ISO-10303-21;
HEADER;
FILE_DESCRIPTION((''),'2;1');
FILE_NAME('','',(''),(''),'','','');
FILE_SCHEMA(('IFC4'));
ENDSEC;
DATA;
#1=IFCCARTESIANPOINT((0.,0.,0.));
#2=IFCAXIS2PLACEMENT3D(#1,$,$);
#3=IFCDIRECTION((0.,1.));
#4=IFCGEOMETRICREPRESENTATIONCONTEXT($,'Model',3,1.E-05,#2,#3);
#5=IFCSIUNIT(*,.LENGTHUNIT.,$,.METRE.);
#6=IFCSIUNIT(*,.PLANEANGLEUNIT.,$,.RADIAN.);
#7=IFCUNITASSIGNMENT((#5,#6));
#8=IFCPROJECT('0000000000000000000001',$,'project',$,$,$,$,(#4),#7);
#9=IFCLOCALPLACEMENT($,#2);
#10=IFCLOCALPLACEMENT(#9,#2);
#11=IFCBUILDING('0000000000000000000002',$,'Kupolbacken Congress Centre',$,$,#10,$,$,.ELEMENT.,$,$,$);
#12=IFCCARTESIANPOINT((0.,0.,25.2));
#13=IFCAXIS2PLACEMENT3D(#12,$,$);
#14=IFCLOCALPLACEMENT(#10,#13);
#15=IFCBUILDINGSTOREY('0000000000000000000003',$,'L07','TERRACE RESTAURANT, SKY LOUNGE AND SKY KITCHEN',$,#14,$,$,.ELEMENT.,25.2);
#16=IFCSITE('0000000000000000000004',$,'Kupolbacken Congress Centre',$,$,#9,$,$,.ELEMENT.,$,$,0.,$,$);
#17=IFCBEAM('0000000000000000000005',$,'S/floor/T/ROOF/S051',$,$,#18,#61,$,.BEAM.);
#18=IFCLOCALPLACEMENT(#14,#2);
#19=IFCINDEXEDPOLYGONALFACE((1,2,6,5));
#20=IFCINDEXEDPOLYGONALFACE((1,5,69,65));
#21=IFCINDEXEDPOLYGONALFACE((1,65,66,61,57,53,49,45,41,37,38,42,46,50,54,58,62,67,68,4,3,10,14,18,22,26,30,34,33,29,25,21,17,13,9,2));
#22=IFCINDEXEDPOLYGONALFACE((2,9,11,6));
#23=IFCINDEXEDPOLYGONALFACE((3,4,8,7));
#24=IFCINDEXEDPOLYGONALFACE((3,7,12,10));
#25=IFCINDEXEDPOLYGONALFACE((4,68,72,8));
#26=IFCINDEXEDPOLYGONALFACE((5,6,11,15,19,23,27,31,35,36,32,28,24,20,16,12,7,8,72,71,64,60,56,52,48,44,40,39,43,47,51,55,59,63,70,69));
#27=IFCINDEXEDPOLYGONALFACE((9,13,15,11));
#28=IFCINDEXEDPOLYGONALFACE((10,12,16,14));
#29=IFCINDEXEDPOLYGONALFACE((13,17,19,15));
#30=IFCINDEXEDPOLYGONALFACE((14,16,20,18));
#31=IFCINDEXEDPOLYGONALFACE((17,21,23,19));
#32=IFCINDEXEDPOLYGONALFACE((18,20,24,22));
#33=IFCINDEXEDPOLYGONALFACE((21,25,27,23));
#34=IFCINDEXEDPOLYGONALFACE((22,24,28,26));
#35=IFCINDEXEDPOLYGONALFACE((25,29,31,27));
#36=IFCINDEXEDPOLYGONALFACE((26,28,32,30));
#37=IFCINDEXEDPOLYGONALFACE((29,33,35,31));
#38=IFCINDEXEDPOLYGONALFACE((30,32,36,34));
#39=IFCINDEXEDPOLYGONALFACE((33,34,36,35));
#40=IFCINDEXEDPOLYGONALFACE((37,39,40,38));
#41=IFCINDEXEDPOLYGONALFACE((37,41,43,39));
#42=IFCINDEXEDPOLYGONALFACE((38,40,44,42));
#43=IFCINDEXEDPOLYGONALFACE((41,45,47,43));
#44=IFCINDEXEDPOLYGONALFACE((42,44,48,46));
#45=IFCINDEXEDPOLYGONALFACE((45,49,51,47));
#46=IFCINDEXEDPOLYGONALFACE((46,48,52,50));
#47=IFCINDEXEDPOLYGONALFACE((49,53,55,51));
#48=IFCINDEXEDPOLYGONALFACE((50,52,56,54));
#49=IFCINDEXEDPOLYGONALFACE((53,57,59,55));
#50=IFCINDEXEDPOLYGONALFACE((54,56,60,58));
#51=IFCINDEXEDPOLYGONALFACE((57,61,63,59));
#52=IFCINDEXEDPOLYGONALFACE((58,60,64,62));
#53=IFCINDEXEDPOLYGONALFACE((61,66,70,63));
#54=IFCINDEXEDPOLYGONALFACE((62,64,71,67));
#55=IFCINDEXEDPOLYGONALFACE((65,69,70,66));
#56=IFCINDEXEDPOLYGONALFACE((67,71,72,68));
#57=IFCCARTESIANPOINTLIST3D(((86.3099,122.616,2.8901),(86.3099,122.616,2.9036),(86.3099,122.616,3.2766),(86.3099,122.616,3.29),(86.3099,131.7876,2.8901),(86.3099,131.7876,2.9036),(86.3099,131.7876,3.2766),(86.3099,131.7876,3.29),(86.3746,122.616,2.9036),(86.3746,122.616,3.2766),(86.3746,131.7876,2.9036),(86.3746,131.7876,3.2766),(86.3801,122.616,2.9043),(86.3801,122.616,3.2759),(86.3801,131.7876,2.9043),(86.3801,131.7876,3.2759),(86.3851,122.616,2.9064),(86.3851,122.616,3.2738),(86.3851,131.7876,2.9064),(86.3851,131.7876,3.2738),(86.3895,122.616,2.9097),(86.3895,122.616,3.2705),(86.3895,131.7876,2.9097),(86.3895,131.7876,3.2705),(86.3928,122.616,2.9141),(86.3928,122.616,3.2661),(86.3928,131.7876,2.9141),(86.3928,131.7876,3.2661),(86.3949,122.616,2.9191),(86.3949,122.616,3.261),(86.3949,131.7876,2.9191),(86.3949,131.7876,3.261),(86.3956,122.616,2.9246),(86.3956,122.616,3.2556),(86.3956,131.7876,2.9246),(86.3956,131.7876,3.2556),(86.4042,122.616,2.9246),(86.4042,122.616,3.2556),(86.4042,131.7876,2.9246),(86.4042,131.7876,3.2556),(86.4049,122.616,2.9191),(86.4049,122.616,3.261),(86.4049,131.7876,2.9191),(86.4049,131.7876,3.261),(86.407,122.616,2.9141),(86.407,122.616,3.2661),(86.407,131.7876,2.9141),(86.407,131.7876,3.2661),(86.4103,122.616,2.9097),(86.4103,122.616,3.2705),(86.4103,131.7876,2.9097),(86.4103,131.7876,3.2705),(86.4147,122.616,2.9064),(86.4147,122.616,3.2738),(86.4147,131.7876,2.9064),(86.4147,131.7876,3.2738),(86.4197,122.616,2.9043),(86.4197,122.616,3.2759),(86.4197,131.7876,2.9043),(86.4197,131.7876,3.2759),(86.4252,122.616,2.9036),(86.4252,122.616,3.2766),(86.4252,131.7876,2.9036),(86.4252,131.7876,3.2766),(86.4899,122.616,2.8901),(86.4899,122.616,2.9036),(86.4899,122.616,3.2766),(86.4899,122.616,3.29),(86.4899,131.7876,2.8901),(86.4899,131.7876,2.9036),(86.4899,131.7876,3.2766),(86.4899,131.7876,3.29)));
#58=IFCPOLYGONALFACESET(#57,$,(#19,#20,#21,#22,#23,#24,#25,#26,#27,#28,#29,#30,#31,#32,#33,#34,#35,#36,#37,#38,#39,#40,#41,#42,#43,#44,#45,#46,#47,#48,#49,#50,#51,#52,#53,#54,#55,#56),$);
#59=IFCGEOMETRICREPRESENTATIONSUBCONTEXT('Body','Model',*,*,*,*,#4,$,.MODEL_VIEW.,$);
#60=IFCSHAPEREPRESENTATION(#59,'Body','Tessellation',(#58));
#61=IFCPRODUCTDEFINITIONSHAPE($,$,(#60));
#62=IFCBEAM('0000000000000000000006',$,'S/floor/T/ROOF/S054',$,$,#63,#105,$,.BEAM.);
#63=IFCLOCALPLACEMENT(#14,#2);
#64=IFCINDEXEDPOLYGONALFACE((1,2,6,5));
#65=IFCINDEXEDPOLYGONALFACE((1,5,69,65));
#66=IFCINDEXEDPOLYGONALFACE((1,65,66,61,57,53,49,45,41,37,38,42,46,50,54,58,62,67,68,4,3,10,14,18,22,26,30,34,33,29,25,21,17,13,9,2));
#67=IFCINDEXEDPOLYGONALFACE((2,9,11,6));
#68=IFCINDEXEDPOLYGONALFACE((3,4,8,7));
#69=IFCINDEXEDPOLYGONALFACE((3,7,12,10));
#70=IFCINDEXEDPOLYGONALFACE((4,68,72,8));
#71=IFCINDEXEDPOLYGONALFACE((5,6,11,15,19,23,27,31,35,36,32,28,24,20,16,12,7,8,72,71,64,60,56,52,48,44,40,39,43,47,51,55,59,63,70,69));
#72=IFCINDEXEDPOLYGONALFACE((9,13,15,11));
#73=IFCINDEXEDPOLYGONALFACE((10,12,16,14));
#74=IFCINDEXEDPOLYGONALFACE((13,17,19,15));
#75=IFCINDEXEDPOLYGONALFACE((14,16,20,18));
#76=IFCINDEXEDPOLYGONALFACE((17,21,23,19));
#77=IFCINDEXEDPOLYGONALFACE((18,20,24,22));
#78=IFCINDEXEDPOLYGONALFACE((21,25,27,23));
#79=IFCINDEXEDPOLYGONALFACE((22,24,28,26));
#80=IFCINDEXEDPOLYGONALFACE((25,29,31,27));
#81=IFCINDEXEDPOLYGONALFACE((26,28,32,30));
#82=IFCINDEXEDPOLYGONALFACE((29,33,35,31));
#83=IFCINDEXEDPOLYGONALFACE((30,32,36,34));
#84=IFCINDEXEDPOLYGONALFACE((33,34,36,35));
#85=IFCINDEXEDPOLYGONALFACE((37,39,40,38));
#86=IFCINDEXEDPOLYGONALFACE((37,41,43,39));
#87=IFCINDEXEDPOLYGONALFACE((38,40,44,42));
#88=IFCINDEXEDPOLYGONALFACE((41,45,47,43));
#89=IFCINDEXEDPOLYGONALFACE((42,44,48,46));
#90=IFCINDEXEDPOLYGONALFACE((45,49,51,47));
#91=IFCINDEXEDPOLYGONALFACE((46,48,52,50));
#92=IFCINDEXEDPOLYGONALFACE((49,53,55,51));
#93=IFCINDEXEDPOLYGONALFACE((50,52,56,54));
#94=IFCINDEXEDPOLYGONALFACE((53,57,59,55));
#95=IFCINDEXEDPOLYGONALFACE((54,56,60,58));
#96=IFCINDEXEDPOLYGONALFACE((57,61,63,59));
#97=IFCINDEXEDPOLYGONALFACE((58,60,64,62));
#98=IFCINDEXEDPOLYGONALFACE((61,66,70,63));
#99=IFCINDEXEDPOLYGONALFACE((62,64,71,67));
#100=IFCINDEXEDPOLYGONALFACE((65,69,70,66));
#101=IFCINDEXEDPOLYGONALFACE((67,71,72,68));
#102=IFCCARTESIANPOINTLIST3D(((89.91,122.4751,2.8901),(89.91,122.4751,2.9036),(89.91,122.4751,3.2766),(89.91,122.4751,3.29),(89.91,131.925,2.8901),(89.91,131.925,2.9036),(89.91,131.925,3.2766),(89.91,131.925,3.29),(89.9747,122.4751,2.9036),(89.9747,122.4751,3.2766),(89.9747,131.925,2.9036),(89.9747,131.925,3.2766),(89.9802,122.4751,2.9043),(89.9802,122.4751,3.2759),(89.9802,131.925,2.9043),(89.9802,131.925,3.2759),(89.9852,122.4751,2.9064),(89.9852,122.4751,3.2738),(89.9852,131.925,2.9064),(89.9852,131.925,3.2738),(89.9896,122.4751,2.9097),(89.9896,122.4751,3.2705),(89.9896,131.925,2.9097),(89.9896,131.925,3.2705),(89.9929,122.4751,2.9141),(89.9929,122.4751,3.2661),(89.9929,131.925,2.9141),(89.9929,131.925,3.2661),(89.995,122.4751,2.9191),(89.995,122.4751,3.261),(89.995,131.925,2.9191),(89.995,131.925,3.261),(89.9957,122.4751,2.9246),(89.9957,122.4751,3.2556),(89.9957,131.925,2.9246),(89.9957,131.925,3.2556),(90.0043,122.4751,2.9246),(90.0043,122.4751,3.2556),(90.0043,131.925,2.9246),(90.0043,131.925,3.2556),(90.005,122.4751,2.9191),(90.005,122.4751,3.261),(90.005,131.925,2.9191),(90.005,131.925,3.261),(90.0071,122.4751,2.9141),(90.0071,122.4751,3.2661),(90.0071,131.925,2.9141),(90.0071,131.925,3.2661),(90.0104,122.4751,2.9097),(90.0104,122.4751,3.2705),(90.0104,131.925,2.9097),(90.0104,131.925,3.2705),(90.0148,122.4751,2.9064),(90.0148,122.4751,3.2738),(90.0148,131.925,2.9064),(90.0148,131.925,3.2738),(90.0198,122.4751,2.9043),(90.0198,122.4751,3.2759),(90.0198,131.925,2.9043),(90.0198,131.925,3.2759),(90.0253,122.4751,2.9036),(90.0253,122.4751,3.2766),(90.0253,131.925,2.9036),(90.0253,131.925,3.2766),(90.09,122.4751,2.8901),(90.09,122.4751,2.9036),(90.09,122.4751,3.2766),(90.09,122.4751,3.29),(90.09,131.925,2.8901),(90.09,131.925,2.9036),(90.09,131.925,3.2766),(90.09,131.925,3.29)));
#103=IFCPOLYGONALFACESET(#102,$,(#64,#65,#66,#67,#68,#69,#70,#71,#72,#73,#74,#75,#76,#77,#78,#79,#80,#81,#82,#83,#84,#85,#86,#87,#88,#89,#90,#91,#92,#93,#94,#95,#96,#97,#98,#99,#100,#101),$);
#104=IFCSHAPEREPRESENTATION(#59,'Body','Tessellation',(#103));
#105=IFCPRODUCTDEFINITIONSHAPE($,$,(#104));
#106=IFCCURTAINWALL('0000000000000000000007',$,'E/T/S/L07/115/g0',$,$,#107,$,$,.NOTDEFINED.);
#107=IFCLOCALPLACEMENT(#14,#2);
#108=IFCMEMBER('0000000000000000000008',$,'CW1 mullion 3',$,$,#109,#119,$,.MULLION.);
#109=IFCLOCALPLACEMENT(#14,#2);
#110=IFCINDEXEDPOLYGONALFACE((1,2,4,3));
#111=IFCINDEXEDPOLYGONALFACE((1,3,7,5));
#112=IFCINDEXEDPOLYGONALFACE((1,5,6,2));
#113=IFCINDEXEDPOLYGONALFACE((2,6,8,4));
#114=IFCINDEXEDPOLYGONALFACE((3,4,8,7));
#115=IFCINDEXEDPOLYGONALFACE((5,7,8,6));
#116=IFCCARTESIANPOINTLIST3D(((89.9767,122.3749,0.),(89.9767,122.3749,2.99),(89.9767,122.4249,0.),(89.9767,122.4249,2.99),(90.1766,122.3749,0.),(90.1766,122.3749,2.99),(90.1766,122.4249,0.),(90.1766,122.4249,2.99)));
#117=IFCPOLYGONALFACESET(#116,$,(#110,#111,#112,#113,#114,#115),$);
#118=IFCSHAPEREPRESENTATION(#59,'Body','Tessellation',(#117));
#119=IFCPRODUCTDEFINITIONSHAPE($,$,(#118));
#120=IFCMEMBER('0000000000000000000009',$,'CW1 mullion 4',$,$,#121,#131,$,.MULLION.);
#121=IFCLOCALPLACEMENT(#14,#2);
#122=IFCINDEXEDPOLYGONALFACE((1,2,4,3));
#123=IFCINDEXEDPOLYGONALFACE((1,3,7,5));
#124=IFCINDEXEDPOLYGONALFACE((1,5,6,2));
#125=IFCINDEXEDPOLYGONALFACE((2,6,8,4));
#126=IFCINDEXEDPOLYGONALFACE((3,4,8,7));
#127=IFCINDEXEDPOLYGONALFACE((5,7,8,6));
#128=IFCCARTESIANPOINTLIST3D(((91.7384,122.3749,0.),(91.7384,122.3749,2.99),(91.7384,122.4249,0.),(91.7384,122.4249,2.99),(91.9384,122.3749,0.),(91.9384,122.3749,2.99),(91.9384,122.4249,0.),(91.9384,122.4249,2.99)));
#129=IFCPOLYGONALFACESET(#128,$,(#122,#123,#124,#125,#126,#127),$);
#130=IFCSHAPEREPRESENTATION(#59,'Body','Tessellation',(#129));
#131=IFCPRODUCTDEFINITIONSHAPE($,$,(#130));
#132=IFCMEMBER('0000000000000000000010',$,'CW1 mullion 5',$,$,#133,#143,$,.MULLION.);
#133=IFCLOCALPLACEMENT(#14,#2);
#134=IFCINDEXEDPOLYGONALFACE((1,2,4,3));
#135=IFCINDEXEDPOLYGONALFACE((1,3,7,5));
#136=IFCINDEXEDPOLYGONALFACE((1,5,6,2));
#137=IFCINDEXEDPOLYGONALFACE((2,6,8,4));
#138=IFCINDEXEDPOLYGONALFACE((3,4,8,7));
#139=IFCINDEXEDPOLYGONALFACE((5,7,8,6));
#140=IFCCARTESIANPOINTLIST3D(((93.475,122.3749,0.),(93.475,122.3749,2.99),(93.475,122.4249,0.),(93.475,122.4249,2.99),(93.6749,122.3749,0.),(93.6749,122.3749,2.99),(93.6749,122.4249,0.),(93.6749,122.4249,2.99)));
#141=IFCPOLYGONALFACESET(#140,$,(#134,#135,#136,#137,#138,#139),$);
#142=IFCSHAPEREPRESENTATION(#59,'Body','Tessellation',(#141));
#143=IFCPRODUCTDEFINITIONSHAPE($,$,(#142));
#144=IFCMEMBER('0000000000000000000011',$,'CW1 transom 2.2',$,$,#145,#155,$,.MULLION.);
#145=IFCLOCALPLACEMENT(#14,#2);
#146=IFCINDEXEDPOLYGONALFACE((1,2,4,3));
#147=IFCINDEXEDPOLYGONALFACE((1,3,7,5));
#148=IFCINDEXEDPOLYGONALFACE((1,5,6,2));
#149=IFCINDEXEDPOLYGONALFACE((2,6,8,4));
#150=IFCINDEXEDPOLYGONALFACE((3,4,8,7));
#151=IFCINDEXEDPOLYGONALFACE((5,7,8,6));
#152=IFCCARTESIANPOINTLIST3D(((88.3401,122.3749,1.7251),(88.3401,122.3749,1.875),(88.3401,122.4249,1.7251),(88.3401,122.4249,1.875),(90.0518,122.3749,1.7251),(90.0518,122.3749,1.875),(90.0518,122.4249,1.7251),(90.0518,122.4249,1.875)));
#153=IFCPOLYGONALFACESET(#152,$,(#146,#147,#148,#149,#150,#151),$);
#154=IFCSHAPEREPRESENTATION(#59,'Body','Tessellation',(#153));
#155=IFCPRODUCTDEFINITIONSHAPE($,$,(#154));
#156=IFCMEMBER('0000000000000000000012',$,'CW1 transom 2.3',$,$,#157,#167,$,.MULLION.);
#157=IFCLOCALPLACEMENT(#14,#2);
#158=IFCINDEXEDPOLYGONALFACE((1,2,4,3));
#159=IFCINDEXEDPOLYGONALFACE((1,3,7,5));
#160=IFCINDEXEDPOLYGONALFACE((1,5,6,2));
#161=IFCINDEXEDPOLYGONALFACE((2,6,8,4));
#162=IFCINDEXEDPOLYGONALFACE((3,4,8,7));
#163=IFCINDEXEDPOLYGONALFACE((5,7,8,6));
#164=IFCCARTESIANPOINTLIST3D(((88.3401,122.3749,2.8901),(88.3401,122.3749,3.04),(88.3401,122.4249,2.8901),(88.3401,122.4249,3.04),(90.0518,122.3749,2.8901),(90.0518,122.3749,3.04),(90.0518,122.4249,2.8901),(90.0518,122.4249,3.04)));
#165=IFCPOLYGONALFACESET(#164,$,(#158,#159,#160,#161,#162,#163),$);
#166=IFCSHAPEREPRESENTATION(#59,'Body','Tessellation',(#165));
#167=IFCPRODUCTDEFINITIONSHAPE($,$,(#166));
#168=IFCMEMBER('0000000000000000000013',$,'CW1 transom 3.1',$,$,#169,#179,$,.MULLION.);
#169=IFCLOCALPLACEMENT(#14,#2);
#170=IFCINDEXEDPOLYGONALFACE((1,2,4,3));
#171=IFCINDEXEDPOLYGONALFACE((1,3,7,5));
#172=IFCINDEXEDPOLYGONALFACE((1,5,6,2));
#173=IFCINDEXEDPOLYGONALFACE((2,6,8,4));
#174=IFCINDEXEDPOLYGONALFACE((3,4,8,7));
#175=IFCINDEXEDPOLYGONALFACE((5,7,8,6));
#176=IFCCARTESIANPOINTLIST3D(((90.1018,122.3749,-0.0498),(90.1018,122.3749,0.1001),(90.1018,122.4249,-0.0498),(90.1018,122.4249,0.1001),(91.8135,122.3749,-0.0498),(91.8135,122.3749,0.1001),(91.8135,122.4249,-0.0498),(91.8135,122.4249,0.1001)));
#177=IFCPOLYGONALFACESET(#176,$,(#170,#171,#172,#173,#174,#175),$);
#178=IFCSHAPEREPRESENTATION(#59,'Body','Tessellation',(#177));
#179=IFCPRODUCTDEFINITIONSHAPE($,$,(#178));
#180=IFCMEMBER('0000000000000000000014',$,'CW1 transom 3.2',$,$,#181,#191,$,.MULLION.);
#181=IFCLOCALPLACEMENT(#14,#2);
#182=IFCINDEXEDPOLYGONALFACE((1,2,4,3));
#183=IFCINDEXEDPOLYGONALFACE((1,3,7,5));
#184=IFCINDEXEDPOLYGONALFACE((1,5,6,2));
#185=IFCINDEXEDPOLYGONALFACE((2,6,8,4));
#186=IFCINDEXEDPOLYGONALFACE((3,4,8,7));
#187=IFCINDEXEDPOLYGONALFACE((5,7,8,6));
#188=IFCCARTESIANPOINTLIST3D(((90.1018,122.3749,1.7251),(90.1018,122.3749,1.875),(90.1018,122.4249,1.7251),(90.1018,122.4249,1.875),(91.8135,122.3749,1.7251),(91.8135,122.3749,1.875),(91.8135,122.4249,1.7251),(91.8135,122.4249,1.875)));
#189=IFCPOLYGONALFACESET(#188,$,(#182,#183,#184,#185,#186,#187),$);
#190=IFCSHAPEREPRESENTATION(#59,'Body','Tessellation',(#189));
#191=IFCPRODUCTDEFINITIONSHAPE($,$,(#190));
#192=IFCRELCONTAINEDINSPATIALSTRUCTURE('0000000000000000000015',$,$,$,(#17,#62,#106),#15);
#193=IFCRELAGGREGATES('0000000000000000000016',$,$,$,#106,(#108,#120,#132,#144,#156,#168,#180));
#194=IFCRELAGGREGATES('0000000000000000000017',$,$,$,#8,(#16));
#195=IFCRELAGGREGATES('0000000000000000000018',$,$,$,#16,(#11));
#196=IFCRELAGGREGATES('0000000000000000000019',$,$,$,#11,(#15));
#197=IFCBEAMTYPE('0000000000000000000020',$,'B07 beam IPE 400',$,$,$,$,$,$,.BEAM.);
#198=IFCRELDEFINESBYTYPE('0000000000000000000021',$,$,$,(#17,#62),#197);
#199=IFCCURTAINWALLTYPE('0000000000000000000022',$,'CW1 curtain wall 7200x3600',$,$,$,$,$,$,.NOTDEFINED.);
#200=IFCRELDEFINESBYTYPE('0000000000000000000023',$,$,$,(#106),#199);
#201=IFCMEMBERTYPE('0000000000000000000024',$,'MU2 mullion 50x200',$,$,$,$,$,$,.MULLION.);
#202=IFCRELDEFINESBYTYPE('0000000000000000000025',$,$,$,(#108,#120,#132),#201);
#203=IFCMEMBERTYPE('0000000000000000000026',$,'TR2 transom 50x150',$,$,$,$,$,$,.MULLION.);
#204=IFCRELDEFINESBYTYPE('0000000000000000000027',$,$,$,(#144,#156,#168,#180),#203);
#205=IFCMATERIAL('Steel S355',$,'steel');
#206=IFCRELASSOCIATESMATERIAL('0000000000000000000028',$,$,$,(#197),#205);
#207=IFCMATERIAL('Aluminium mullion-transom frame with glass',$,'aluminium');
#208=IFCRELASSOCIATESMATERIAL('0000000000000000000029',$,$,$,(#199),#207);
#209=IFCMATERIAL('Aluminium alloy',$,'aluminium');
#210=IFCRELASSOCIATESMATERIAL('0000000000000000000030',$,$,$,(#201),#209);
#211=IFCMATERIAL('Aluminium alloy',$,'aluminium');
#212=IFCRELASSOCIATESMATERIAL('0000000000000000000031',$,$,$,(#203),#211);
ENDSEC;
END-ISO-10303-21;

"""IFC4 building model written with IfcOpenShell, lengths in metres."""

from ifc_helpers import new_model, si_unit, direction, frame, origin, origin_2d, place, context, subcontext, project, spatial, rectangle, i_section, extrude, material, material_profile, profile_set, type_object, element, aggregate, save


model = new_model("IFC4")

# Units and contexts
model_context = context("Model", 3, precision=1e-05, world=origin(), true_north=direction((0.0, 1.0)))
body_context = subcontext(model_context, "Body", "Model", "MODEL_VIEW")
ifc_project = project(units=[si_unit("LENGTHUNIT", "METRE"), si_unit("PLANEANGLEUNIT", "RADIAN")], contexts=[model_context])

# Site, building, storey
site_placement = place(None, origin())
site = spatial("IfcSite", under=ifc_project, at=site_placement, Name="Kupolbacken Congress Centre", CompositionType="ELEMENT", RefElevation=0.0)
building_placement = place(site_placement, origin())
building = spatial("IfcBuilding", under=site, at=building_placement, Name="Kupolbacken Congress Centre", CompositionType="ELEMENT")
storey_placement = place(building_placement, frame((0.0, 0.0, 25.2)))
storey = spatial("IfcBuildingStorey", under=building, at=storey_placement, Name="L07", Description="TERRACE RESTAURANT, SKY LOUNGE AND SKY KITCHEN", CompositionType="ELEMENT", Elevation=25.2)

# Beams
ifc_material_1 = material(Name="Steel S355", Category="steel")
ifc_material_profile_1 = material_profile(ifc_material_1, i_section(OverallWidth=0.1799, OverallDepth=0.3999, WebThickness=0.0085, FlangeThickness=0.0134, FilletRadius=0.021, at=origin_2d()), Name="IPE 400")
ifc_profile_set_1 = profile_set([ifc_material_profile_1], Name="Steel S355")
beam_type_1 = type_object("IfcBeamType", Name="B07 beam IPE 400", PredefinedType="BEAM", material=ifc_profile_set_1)
beam_1_placement = place(storey_placement, frame((86.3999, 122.616, 3.0901), z_axis=(0.0, 1.0, 0.0), x_axis=(-1.0, 0.0, 0.0)))
element("IfcBeam", 1, at=beam_1_placement, inside=storey, type_object=beam_type_1, Name="S/floor/T/ROOF/S051", PredefinedType="BEAM", context=body_context, shape_type="SweptSolid", body=[
    extrude(i_section(OverallWidth=0.1799, OverallDepth=0.3999, WebThickness=0.0085, FlangeThickness=0.0134, FilletRadius=0.021, at=origin_2d()), origin(), (0.0, 0.0, 1.0), 9.1716),
])
beam_2_placement = place(storey_placement, frame((90.0, 122.4751, 3.0901), z_axis=(0.0, 1.0, 0.0), x_axis=(-1.0, 0.0, 0.0)))
element("IfcBeam", 2, at=beam_2_placement, inside=storey, type_object=beam_type_1, Name="S/floor/T/ROOF/S054", PredefinedType="BEAM", context=body_context, shape_type="SweptSolid", body=[
    extrude(i_section(OverallWidth=0.1799, OverallDepth=0.3999, WebThickness=0.0085, FlangeThickness=0.0134, FilletRadius=0.021, at=origin_2d()), origin(), (0.0, 0.0, 1.0), 9.45),
])

# Curtain wall, members
ifc_material_2 = material(Name="Aluminium mullion-transom frame with glass", Category="aluminium")
curtain_wall_type = type_object("IfcCurtainWallType", Name="CW1 curtain wall 7200x3600", PredefinedType="NOTDEFINED", material=ifc_material_2)
curtain_wall_placement = place(storey_placement, origin())
curtain_wall = element("IfcCurtainWall", 3, at=curtain_wall_placement, inside=storey, type_object=curtain_wall_type, Name="E/T/S/L07/115/g0", PredefinedType="NOTDEFINED")
ifc_material_3 = material(Name="Aluminium alloy", Category="aluminium")
ifc_material_profile_2 = material_profile(ifc_material_3, rectangle(XDim=0.05, YDim=0.2, at=origin_2d()), Name="50 x 200")
ifc_profile_set_2 = profile_set([ifc_material_profile_2], Name="Aluminium alloy")
member_type_1 = type_object("IfcMemberType", Name="MU2 mullion 50x200", PredefinedType="MULLION", material=ifc_profile_set_2)
member_1_placement = place(storey_placement, frame((90.0767, 122.3999, 0.0), z_axis=(0.0, 0.0, 1.0), x_axis=(0.0, 1.0, 0.0)))
member_1 = element("IfcMember", 4, at=member_1_placement, type_object=member_type_1, Name="CW1 mullion 3", PredefinedType="MULLION", context=body_context, shape_type="SweptSolid", body=[
    extrude(rectangle(XDim=0.05, YDim=0.2, at=origin_2d()), origin(), (0.0, 0.0, 1.0), 2.99),
])
member_2_placement = place(storey_placement, frame((91.8384, 122.3999, 0.0), z_axis=(0.0, 0.0, 1.0), x_axis=(0.0, 1.0, 0.0)))
member_2 = element("IfcMember", 5, at=member_2_placement, type_object=member_type_1, Name="CW1 mullion 4", PredefinedType="MULLION", context=body_context, shape_type="SweptSolid", body=[
    extrude(rectangle(XDim=0.05, YDim=0.2, at=origin_2d()), origin(), (0.0, 0.0, 1.0), 2.99),
])
member_3_placement = place(storey_placement, frame((93.575, 122.3999, 0.0), z_axis=(0.0, 0.0, 1.0), x_axis=(0.0, 1.0, 0.0)))
member_3 = element("IfcMember", 6, at=member_3_placement, type_object=member_type_1, Name="CW1 mullion 5", PredefinedType="MULLION", context=body_context, shape_type="SweptSolid", body=[
    extrude(rectangle(XDim=0.05, YDim=0.2, at=origin_2d()), origin(), (0.0, 0.0, 1.0), 2.99),
])
ifc_material_4 = material(Name="Aluminium alloy", Category="aluminium")
ifc_material_profile_3 = material_profile(ifc_material_4, rectangle(XDim=0.05, YDim=0.1499, at=origin_2d()), Name="50 x 150")
ifc_profile_set_3 = profile_set([ifc_material_profile_3], Name="Aluminium alloy")
member_type_2 = type_object("IfcMemberType", Name="TR2 transom 50x150", PredefinedType="MULLION", material=ifc_profile_set_3)
member_4_placement = place(storey_placement, frame((88.3401, 122.3999, 1.8), z_axis=(1.0, 0.0, 0.0), x_axis=(0.0, 1.0, 0.0)))
member_4 = element("IfcMember", 7, at=member_4_placement, type_object=member_type_2, Name="CW1 transom 2.2", PredefinedType="MULLION", context=body_context, shape_type="SweptSolid", body=[
    extrude(rectangle(XDim=0.05, YDim=0.1499, at=origin_2d()), origin(), (0.0, 0.0, 1.0), 1.7117),
])
member_5_placement = place(storey_placement, frame((88.3401, 122.3999, 2.9651), z_axis=(1.0, 0.0, 0.0), x_axis=(0.0, 1.0, 0.0)))
member_5 = element("IfcMember", 8, at=member_5_placement, type_object=member_type_2, Name="CW1 transom 2.3", PredefinedType="MULLION", context=body_context, shape_type="SweptSolid", body=[
    extrude(rectangle(XDim=0.05, YDim=0.1499, at=origin_2d()), origin(), (0.0, 0.0, 1.0), 1.7117),
])
member_6_placement = place(storey_placement, frame((90.1018, 122.3999, 0.0251), z_axis=(1.0, 0.0, 0.0), x_axis=(0.0, 1.0, 0.0)))
member_6 = element("IfcMember", 9, at=member_6_placement, type_object=member_type_2, Name="CW1 transom 3.1", PredefinedType="MULLION", context=body_context, shape_type="SweptSolid", body=[
    extrude(rectangle(XDim=0.05, YDim=0.1499, at=origin_2d()), origin(), (0.0, 0.0, 1.0), 1.7117),
])
member_7_placement = place(storey_placement, frame((90.1018, 122.3999, 1.8), z_axis=(1.0, 0.0, 0.0), x_axis=(0.0, 1.0, 0.0)))
member_7 = element("IfcMember", 10, at=member_7_placement, type_object=member_type_2, Name="CW1 transom 3.2", PredefinedType="MULLION", context=body_context, shape_type="SweptSolid", body=[
    extrude(rectangle(XDim=0.05, YDim=0.1499, at=origin_2d()), origin(), (0.0, 0.0, 1.0), 1.7117),
])
aggregate(curtain_wall, [member_1, member_2, member_3, member_4, member_5, member_6, member_7])

save(model, "model.ifc")
